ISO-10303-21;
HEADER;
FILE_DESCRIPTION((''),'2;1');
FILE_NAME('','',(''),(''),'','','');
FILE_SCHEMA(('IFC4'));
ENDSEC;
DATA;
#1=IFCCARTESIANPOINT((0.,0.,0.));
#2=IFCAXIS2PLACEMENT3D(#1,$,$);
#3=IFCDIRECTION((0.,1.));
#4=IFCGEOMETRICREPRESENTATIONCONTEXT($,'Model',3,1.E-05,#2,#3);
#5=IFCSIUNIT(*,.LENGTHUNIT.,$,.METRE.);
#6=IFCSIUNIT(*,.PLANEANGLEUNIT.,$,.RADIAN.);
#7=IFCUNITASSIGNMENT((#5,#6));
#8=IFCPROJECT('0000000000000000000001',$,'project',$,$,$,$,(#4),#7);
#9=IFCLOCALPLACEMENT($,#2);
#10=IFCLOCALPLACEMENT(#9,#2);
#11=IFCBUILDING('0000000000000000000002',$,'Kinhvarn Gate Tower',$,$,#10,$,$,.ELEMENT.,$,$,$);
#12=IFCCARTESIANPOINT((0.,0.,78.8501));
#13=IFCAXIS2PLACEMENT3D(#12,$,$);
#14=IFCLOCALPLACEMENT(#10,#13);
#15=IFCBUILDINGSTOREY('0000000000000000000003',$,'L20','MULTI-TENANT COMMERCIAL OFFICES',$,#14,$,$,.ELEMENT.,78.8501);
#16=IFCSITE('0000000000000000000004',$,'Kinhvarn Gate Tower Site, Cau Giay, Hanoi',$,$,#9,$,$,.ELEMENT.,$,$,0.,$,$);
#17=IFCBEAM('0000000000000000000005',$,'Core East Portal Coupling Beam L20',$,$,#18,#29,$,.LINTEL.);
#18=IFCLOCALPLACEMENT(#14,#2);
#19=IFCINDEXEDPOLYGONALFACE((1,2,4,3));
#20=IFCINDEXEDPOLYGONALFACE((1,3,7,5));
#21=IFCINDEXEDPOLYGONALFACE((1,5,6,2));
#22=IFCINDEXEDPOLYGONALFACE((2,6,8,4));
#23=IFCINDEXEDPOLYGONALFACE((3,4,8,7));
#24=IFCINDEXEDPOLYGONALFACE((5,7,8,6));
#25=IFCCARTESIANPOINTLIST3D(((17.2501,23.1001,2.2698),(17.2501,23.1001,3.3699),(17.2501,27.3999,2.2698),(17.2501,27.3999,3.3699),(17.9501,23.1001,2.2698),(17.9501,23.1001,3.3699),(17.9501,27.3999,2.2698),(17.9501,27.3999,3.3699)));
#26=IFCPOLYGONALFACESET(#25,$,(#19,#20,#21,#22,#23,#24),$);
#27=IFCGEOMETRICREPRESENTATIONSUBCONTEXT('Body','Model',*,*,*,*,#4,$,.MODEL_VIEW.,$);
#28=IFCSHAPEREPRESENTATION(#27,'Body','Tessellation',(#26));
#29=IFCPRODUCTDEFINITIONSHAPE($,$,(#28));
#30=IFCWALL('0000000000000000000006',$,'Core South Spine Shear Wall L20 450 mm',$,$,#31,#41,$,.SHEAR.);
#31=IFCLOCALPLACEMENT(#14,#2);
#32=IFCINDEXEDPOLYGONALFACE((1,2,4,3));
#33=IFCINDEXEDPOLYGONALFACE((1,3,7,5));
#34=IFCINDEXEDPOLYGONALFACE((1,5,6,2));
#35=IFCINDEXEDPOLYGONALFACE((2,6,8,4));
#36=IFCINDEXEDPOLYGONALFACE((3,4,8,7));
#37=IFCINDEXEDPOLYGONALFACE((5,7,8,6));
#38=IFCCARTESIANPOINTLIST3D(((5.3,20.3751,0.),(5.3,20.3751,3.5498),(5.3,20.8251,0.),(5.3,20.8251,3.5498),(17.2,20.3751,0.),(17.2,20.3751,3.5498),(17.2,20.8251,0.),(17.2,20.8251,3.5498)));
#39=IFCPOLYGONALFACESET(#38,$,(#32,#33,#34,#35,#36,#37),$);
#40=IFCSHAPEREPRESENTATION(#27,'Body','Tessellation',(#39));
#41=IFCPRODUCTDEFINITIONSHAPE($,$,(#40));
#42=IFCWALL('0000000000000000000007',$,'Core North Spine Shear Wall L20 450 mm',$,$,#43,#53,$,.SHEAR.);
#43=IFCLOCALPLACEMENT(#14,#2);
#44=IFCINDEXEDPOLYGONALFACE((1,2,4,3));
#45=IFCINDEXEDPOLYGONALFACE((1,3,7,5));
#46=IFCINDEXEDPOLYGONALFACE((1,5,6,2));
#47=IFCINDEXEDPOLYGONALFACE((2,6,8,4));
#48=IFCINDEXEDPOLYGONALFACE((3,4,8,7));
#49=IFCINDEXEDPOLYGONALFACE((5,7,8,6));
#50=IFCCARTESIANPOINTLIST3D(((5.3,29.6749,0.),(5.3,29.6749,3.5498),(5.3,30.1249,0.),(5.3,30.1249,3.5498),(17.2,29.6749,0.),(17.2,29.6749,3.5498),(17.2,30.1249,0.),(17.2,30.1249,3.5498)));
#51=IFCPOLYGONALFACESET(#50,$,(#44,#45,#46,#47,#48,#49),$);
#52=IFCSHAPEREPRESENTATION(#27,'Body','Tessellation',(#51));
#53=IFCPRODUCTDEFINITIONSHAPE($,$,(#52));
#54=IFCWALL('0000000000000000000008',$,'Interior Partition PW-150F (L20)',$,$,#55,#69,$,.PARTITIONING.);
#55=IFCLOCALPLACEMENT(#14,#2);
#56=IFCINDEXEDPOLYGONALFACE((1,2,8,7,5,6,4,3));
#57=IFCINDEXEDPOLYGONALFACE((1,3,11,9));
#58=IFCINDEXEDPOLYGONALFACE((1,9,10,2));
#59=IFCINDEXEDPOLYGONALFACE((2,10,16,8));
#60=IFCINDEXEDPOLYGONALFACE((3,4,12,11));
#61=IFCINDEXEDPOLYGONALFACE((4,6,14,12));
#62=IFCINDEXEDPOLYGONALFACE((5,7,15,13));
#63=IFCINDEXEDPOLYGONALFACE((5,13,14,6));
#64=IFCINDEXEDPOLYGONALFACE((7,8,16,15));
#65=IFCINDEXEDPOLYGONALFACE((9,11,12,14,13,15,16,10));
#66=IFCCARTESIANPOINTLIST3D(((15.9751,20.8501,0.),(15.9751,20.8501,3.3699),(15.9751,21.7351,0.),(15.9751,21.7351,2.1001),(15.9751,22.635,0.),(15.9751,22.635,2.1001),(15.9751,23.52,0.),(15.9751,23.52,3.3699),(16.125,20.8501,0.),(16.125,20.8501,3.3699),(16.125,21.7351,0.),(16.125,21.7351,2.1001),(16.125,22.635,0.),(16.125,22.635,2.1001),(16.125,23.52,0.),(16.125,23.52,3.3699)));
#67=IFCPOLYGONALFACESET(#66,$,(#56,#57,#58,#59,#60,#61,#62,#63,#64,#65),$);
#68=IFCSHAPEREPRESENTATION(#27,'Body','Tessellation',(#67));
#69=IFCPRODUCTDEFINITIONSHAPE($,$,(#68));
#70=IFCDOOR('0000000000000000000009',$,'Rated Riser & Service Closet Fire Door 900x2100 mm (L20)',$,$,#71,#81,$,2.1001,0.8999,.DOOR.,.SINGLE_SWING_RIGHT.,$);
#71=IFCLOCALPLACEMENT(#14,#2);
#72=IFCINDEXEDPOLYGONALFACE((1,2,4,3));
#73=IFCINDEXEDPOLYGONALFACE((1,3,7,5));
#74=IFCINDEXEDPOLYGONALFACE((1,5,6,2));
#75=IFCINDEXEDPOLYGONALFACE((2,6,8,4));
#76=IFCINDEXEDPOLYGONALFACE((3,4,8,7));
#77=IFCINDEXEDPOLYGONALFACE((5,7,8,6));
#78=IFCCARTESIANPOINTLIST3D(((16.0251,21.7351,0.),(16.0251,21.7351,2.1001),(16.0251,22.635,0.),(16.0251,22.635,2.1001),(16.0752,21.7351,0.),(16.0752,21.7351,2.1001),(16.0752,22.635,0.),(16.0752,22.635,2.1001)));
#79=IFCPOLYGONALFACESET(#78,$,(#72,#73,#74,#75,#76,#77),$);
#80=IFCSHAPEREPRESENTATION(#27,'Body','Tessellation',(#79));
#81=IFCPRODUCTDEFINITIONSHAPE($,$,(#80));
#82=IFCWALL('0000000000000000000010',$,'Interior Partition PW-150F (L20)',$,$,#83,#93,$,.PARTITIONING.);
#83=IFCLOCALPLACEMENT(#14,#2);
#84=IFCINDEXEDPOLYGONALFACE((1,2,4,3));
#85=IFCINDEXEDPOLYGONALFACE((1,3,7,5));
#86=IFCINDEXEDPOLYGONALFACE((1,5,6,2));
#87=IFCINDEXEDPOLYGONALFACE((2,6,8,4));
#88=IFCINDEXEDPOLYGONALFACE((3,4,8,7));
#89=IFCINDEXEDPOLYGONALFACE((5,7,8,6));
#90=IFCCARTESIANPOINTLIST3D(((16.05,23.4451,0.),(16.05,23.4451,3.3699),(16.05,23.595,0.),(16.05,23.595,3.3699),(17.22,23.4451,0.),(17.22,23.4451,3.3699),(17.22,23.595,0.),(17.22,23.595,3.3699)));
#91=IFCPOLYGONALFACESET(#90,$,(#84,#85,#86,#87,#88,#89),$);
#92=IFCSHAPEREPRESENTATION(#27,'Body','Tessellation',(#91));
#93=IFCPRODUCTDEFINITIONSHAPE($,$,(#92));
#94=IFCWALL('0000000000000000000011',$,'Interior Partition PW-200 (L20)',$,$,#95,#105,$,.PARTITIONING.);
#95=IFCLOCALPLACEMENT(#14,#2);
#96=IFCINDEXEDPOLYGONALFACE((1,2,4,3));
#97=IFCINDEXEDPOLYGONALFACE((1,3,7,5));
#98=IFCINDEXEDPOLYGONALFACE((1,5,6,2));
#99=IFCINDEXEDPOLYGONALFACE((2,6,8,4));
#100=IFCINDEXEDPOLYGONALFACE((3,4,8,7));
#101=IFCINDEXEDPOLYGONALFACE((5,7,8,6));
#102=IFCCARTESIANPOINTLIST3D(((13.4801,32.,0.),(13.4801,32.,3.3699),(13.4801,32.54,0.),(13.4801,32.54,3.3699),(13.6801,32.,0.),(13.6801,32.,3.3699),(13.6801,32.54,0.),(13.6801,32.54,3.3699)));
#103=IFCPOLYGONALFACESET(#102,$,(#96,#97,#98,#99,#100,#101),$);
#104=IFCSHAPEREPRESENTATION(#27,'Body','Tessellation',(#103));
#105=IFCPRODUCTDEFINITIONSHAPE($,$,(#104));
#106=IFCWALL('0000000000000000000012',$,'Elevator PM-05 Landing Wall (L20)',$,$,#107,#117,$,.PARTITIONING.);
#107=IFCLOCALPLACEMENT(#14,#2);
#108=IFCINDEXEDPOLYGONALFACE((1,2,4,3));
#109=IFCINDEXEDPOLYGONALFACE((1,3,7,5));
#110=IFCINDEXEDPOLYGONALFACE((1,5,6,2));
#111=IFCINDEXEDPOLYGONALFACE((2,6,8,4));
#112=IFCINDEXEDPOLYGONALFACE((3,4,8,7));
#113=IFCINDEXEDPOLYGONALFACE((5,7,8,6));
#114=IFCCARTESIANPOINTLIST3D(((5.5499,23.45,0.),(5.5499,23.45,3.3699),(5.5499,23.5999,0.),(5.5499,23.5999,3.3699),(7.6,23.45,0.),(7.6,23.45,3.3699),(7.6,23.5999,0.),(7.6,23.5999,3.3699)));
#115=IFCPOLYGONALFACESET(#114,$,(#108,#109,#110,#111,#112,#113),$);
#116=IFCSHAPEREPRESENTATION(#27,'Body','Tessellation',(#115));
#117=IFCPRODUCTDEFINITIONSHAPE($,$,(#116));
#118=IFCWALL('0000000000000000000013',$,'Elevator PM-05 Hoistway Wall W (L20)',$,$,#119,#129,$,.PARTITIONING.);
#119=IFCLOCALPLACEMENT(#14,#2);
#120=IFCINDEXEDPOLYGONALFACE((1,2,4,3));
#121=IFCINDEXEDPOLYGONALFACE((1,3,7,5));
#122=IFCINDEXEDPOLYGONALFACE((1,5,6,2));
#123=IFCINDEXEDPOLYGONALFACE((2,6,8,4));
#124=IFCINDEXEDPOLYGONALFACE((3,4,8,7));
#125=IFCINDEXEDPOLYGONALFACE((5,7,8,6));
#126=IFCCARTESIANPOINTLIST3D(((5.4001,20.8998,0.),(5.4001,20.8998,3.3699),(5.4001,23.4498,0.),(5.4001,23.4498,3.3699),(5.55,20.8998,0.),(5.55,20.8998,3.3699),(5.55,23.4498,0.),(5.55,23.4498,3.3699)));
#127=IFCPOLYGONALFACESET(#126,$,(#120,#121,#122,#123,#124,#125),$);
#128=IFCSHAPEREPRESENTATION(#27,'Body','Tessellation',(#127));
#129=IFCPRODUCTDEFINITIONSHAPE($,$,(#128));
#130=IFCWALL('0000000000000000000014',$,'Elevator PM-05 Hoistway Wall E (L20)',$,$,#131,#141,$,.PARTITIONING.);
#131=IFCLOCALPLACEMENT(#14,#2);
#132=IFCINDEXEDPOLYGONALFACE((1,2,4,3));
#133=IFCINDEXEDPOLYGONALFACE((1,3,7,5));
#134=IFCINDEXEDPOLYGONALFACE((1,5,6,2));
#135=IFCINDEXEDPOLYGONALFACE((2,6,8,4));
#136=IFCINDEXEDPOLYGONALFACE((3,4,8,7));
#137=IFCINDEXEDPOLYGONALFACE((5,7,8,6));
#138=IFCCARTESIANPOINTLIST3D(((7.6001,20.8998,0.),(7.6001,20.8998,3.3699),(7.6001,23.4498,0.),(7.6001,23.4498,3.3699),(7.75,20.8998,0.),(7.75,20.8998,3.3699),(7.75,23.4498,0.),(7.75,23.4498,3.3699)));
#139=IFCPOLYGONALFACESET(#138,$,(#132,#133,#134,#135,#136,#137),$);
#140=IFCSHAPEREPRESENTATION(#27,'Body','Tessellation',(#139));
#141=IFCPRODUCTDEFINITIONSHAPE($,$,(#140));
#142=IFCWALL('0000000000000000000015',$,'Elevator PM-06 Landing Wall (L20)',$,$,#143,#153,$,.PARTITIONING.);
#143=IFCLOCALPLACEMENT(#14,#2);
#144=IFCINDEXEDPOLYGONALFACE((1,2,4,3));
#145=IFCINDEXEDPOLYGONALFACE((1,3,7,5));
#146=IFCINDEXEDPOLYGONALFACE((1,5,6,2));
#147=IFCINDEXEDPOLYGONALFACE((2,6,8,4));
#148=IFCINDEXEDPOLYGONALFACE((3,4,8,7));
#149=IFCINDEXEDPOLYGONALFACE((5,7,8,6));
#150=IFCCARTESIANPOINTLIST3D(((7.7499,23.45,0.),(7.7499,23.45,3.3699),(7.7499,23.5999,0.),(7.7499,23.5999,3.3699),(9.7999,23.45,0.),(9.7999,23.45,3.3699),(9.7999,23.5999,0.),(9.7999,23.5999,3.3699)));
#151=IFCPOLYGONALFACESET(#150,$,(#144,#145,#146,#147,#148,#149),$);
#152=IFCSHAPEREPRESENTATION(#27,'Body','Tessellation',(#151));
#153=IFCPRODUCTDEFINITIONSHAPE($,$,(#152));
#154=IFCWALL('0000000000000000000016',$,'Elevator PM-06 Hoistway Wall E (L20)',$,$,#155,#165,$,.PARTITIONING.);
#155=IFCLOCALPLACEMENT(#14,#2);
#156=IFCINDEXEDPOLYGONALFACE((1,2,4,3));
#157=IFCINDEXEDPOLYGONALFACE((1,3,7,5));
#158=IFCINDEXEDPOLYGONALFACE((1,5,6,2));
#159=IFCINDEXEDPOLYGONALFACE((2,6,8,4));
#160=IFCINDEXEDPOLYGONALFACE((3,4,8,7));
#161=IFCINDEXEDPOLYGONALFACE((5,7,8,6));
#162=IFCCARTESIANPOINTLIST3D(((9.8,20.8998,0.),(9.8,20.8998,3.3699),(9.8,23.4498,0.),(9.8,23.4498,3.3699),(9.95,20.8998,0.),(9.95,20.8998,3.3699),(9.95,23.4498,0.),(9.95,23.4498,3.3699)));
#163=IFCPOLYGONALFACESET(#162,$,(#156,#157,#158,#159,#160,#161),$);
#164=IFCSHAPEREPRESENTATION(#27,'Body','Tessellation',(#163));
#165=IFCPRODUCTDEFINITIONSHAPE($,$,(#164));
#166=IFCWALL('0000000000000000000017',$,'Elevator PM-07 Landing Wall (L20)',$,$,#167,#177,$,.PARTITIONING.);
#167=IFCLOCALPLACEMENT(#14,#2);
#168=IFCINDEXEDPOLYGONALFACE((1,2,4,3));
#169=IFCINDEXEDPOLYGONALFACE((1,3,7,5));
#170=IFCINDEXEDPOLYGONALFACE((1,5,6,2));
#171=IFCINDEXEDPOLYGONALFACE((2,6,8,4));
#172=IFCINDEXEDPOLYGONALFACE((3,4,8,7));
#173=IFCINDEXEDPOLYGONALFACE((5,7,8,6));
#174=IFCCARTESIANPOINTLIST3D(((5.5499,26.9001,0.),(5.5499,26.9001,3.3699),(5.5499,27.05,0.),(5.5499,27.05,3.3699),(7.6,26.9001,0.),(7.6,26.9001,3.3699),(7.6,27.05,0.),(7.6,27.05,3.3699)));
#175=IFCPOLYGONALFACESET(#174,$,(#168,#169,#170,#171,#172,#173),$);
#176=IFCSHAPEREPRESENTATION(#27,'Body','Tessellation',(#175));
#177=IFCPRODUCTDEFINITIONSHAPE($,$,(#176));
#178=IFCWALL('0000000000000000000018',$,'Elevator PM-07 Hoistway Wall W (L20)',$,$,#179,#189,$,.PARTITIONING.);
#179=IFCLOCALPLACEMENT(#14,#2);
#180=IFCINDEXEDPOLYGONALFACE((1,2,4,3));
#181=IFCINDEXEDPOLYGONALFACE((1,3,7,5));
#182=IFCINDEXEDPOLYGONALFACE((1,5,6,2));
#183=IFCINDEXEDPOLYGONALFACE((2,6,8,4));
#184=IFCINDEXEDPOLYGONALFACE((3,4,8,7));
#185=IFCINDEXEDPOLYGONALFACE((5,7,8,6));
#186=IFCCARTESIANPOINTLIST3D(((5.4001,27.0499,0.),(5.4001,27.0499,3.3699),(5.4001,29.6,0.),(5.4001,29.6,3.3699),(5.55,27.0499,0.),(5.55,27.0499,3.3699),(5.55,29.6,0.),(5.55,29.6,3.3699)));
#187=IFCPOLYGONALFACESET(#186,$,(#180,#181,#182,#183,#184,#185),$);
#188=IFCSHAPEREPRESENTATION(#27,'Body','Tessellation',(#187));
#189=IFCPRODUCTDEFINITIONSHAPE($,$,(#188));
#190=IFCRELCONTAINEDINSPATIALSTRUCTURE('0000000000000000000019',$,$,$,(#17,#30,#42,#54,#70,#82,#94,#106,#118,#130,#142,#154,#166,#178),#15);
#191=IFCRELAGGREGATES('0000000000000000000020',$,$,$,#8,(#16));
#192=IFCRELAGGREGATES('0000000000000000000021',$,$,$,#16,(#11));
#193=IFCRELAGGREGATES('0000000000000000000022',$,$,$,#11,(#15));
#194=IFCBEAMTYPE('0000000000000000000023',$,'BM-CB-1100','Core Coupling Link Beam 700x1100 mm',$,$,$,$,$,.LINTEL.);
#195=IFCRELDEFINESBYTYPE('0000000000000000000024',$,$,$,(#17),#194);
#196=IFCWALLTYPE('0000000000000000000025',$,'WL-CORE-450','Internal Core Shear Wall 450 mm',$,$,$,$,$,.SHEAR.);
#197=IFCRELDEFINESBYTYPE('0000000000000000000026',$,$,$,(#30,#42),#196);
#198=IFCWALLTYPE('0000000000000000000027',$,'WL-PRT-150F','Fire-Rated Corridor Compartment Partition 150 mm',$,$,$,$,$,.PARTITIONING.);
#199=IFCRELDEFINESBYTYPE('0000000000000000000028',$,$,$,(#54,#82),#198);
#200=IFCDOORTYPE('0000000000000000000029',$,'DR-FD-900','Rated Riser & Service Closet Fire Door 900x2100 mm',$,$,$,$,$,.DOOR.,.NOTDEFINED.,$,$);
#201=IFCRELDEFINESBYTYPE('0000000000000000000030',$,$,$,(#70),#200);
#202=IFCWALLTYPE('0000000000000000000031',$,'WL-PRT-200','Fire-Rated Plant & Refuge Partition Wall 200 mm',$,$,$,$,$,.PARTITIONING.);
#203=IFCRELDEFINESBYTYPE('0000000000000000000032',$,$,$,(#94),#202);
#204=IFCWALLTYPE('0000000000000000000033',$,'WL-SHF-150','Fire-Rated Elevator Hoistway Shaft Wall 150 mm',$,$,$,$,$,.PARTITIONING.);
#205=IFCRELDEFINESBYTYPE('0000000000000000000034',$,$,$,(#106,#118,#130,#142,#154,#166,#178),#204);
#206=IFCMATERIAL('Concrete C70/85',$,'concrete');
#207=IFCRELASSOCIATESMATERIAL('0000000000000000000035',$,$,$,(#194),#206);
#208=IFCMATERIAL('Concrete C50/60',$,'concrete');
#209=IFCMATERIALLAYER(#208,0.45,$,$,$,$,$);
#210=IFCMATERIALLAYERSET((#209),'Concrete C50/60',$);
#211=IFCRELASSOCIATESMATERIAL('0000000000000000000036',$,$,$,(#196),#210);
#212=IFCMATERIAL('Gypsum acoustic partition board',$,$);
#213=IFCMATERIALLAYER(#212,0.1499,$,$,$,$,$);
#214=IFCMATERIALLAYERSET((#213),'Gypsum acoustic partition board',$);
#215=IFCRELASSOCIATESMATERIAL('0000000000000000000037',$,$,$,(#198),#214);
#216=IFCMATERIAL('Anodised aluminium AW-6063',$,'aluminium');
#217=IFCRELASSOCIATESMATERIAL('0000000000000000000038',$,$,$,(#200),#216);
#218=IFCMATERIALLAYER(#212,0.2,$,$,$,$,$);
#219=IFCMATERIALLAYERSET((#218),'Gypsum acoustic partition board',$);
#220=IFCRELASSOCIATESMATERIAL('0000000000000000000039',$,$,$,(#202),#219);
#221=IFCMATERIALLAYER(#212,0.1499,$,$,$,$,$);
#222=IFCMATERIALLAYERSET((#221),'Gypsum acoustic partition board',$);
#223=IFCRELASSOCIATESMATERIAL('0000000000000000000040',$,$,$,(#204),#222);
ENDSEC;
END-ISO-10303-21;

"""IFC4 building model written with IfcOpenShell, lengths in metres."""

from ifc_helpers import new_model, si_unit, direction, frame, frame_2d, origin, origin_2d, place, context, subcontext, project, spatial, rectangle, extrude, material, layer, layer_set, material_profile, profile_set, type_object, element, fill, save


model = new_model("IFC4")

# Units and contexts
model_context = context("Model", 3, precision=1e-05, world=origin(), true_north=direction((0.0, 1.0)))
body_context = subcontext(model_context, "Body", "Model", "MODEL_VIEW")
ifc_project = project(units=[si_unit("LENGTHUNIT", "METRE"), si_unit("PLANEANGLEUNIT", "RADIAN")], contexts=[model_context])

# Site, building, storey
site_placement = place(None, origin())
site = spatial("IfcSite", under=ifc_project, at=site_placement, Name="Kinhvarn Gate Tower Site, Cau Giay, Hanoi", CompositionType="ELEMENT", RefElevation=0.0)
building_placement = place(site_placement, origin())
building = spatial("IfcBuilding", under=site, at=building_placement, Name="Kinhvarn Gate Tower", CompositionType="ELEMENT")
storey_placement = place(building_placement, frame((0.0, 0.0, 78.8501)))
storey = spatial("IfcBuildingStorey", under=building, at=storey_placement, Name="L20", Description="MULTI-TENANT COMMERCIAL OFFICES", CompositionType="ELEMENT", Elevation=78.8501)

# Beam
ifc_material_1 = material(Name="Concrete C70/85", Category="concrete")
ifc_material_profile = material_profile(ifc_material_1, rectangle(XDim=0.7, YDim=1.1001, at=origin_2d()), Name="RC 700x1100")
ifc_profile_set = profile_set([ifc_material_profile], Name="Concrete C70/85")
beam_type = type_object("IfcBeamType", Name="BM-CB-1100", Description="Core Coupling Link Beam 700x1100 mm", PredefinedType="LINTEL", material=ifc_profile_set)
beam_placement = place(storey_placement, frame((17.6001, 23.1001, 2.8198), z_axis=(0.0, 1.0, 0.0), x_axis=(-1.0, 0.0, 0.0)))
element("IfcBeam", 1, at=beam_placement, inside=storey, type_object=beam_type, Name="Core East Portal Coupling Beam L20", PredefinedType="LINTEL", context=body_context, shape_type="SweptSolid", body=[
    extrude(rectangle(XDim=0.7, YDim=1.1001, at=origin_2d()), origin(), (0.0, 0.0, 1.0), 4.2998),
])

# Walls
ifc_material_2 = material(Name="Concrete C50/60", Category="concrete")
ifc_layer_1 = layer(ifc_material_2, 0.45)
ifc_layer_set_1 = layer_set([ifc_layer_1], Name="Concrete C50/60")
wall_type_1 = type_object("IfcWallType", Name="WL-CORE-450", Description="Internal Core Shear Wall 450 mm", PredefinedType="SHEAR", material=ifc_layer_set_1)
for number, where, z_axis, x_axis, name in (
    (2, (5.3, 20.6001, 0.0), (0.0, 0.0, 1.0), (1.0, 0.0, 0.0), "Core South Spine Shear Wall L20 450 mm"),
    (3, (5.3, 29.8999, 0.0), (0.0, 0.0, 1.0), (1.0, 0.0, 0.0), "Core North Spine Shear Wall L20 450 mm"),
):
    element("IfcWall", number, at=place(storey_placement, frame(where, z_axis=z_axis, x_axis=x_axis)), inside=storey, type_object=wall_type_1, Name=name, PredefinedType="SHEAR", context=body_context, shape_type="SweptSolid", body=[
        extrude(rectangle(XDim=11.8999, YDim=0.45, at=frame_2d((5.95, 0.0))), origin(), (0.0, 0.0, 1.0), 3.5498),
    ])

# Wall, opening, door
ifc_material_3 = material(Name="Anodised aluminium AW-6063", Category="aluminium")
ifc_material_4 = material(Name="Gypsum acoustic partition board")
ifc_layer_2 = layer(ifc_material_4, 0.1499)
ifc_layer_set_2 = layer_set([ifc_layer_2], Name="Gypsum acoustic partition board")
wall_type_2 = type_object("IfcWallType", Name="WL-PRT-150F", Description="Fire-Rated Corridor Compartment Partition 150 mm", PredefinedType="PARTITIONING", material=ifc_layer_set_2)
wall_1_placement = place(storey_placement, frame((16.05, 20.8501, 0.0), z_axis=(0.0, 0.0, 1.0), x_axis=(0.0, 1.0, 0.0)))
wall_1 = element("IfcWall", 4, at=wall_1_placement, inside=storey, type_object=wall_type_2, Name="Interior Partition PW-150F (L20)", PredefinedType="PARTITIONING", context=body_context, shape_type="SweptSolid", body=[
    extrude(rectangle(XDim=2.6699, YDim=0.1499, at=frame_2d((1.335, 0.0))), origin(), (0.0, 0.0, 1.0), 3.3699),
])
opening_1_placement = place(wall_1_placement, frame((0.885, 0.0, 0.0)))
opening_1 = element("IfcOpeningElement", 5, at=opening_1_placement, cuts=wall_1, PredefinedType="OPENING", context=body_context, shape_type="SweptSolid", body=[
    extrude(rectangle(XDim=0.8999, YDim=2.1001, at=frame_2d((0.45, 1.05))), frame((0.0, 0.085, 0.0), z_axis=(0.0, -1.0, 0.0), x_axis=(1.0, 0.0, 0.0)), (0.0, 0.0, 1.0), 0.1699),
])
door_type_1 = type_object("IfcDoorType", Name="DR-FD-900", Description="Rated Riser & Service Closet Fire Door 900x2100 mm", OperationType="NOTDEFINED", PredefinedType="DOOR", material=ifc_material_3)
door_1_placement = place(opening_1_placement, origin())
door_1 = element("IfcDoor", 6, at=door_1_placement, inside=storey, type_object=door_type_1, Name="Rated Riser & Service Closet Fire Door 900x2100 mm (L20)", OperationType="SINGLE_SWING_RIGHT", OverallHeight=2.1001, OverallWidth=0.8999, PredefinedType="DOOR", context=body_context, shape_type="SweptSolid", body=[
    extrude(rectangle(XDim=0.8999, YDim=2.1001, at=frame_2d((0.45, 1.05))), frame((0.0, 0.0249, 0.0), z_axis=(0.0, -1.0, 0.0), x_axis=(1.0, 0.0, 0.0)), (0.0, 0.0, 1.0), 0.05),
])
fill(opening_1, door_1)

# Walls
wall_2_placement = place(storey_placement, frame((16.05, 23.52, 0.0), z_axis=(0.0, 0.0, 1.0), x_axis=(1.0, 0.0, 0.0)))
element("IfcWall", 7, at=wall_2_placement, inside=storey, type_object=wall_type_2, Name="Interior Partition PW-150F (L20)", PredefinedType="PARTITIONING", context=body_context, shape_type="SweptSolid", body=[
    extrude(rectangle(XDim=1.1699, YDim=0.1499, at=frame_2d((0.585, 0.0))), origin(), (0.0, 0.0, 1.0), 3.3699),
])
ifc_layer_3 = layer(ifc_material_4, 0.2)
ifc_layer_set_3 = layer_set([ifc_layer_3], Name="Gypsum acoustic partition board")
wall_type_3 = type_object("IfcWallType", Name="WL-PRT-200", Description="Fire-Rated Plant & Refuge Partition Wall 200 mm", PredefinedType="PARTITIONING", material=ifc_layer_set_3)
wall_3_placement = place(storey_placement, frame((13.5801, 32.0, 0.0), z_axis=(0.0, 0.0, 1.0), x_axis=(0.0, 1.0, 0.0)))
element("IfcWall", 8, at=wall_3_placement, inside=storey, type_object=wall_type_3, Name="Interior Partition PW-200 (L20)", PredefinedType="PARTITIONING", context=body_context, shape_type="SweptSolid", body=[
    extrude(rectangle(XDim=0.54, YDim=0.2, at=frame_2d((0.27, 0.0))), origin(), (0.0, 0.0, 1.0), 3.3699),
])
ifc_layer_4 = layer(ifc_material_4, 0.1499)
ifc_layer_set_4 = layer_set([ifc_layer_4], Name="Gypsum acoustic partition board")
wall_type_4 = type_object("IfcWallType", Name="WL-SHF-150", Description="Fire-Rated Elevator Hoistway Shaft Wall 150 mm", PredefinedType="PARTITIONING", material=ifc_layer_set_4)
wall_4_placement = place(storey_placement, frame((5.55, 23.5249, 0.0), z_axis=(0.0, 0.0, 1.0), x_axis=(1.0, 0.0, 0.0)))
element("IfcWall", 9, at=wall_4_placement, inside=storey, type_object=wall_type_4, Name="Elevator PM-05 Landing Wall (L20)", PredefinedType="PARTITIONING", context=body_context, shape_type="SweptSolid", body=[
    extrude(rectangle(XDim=2.05, YDim=0.1499, at=frame_2d((1.0249, 0.0))), origin(), (0.0, 0.0, 1.0), 3.3699),
])
for number, where, z_axis, x_axis, name in (
    (10, (5.4751, 20.8999, 0.0), (0.0, 0.0, 1.0), (0.0, 1.0, 0.0), "Elevator PM-05 Hoistway Wall W (L20)"),
    (11, (7.675, 20.8999, 0.0), (0.0, 0.0, 1.0), (0.0, 1.0, 0.0), "Elevator PM-05 Hoistway Wall E (L20)"),
):
    element("IfcWall", number, at=place(storey_placement, frame(where, z_axis=z_axis, x_axis=x_axis)), inside=storey, type_object=wall_type_4, Name=name, PredefinedType="PARTITIONING", context=body_context, shape_type="SweptSolid", body=[
        extrude(rectangle(XDim=2.55, YDim=0.1499, at=frame_2d((1.2749, 0.0))), origin(), (0.0, 0.0, 1.0), 3.3699),
    ])
wall_5_placement = place(storey_placement, frame((7.75, 23.5249, 0.0), z_axis=(0.0, 0.0, 1.0), x_axis=(1.0, 0.0, 0.0)))
element("IfcWall", 12, at=wall_5_placement, inside=storey, type_object=wall_type_4, Name="Elevator PM-06 Landing Wall (L20)", PredefinedType="PARTITIONING", context=body_context, shape_type="SweptSolid", body=[
    extrude(rectangle(XDim=2.05, YDim=0.1499, at=frame_2d((1.0249, 0.0))), origin(), (0.0, 0.0, 1.0), 3.3699),
])
wall_6_placement = place(storey_placement, frame((9.875, 20.8999, 0.0), z_axis=(0.0, 0.0, 1.0), x_axis=(0.0, 1.0, 0.0)))
element("IfcWall", 13, at=wall_6_placement, inside=storey, type_object=wall_type_4, Name="Elevator PM-06 Hoistway Wall E (L20)", PredefinedType="PARTITIONING", context=body_context, shape_type="SweptSolid", body=[
    extrude(rectangle(XDim=2.55, YDim=0.1499, at=frame_2d((1.2749, 0.0))), origin(), (0.0, 0.0, 1.0), 3.3699),
])
wall_7_placement = place(storey_placement, frame((5.55, 26.9751, 0.0), z_axis=(0.0, 0.0, 1.0), x_axis=(1.0, 0.0, 0.0)))
element("IfcWall", 14, at=wall_7_placement, inside=storey, type_object=wall_type_4, Name="Elevator PM-07 Landing Wall (L20)", PredefinedType="PARTITIONING", context=body_context, shape_type="SweptSolid", body=[
    extrude(rectangle(XDim=2.05, YDim=0.1499, at=frame_2d((1.0249, 0.0))), origin(), (0.0, 0.0, 1.0), 3.3699),
])
for number, where, z_axis, x_axis, name in (
    (15, (5.4751, 27.05, 0.0), (0.0, 0.0, 1.0), (0.0, 1.0, 0.0), "Elevator PM-07 Hoistway Wall W (L20)"),
):
    element("IfcWall", number, at=place(storey_placement, frame(where, z_axis=z_axis, x_axis=x_axis)), inside=storey, type_object=wall_type_4, Name=name, PredefinedType="PARTITIONING", context=body_context, shape_type="SweptSolid", body=[
        extrude(rectangle(XDim=2.55, YDim=0.1499, at=frame_2d((1.2749, 0.0))), origin(), (0.0, 0.0, 1.0), 3.3699),
    ])

save(model, "model.ifc")
